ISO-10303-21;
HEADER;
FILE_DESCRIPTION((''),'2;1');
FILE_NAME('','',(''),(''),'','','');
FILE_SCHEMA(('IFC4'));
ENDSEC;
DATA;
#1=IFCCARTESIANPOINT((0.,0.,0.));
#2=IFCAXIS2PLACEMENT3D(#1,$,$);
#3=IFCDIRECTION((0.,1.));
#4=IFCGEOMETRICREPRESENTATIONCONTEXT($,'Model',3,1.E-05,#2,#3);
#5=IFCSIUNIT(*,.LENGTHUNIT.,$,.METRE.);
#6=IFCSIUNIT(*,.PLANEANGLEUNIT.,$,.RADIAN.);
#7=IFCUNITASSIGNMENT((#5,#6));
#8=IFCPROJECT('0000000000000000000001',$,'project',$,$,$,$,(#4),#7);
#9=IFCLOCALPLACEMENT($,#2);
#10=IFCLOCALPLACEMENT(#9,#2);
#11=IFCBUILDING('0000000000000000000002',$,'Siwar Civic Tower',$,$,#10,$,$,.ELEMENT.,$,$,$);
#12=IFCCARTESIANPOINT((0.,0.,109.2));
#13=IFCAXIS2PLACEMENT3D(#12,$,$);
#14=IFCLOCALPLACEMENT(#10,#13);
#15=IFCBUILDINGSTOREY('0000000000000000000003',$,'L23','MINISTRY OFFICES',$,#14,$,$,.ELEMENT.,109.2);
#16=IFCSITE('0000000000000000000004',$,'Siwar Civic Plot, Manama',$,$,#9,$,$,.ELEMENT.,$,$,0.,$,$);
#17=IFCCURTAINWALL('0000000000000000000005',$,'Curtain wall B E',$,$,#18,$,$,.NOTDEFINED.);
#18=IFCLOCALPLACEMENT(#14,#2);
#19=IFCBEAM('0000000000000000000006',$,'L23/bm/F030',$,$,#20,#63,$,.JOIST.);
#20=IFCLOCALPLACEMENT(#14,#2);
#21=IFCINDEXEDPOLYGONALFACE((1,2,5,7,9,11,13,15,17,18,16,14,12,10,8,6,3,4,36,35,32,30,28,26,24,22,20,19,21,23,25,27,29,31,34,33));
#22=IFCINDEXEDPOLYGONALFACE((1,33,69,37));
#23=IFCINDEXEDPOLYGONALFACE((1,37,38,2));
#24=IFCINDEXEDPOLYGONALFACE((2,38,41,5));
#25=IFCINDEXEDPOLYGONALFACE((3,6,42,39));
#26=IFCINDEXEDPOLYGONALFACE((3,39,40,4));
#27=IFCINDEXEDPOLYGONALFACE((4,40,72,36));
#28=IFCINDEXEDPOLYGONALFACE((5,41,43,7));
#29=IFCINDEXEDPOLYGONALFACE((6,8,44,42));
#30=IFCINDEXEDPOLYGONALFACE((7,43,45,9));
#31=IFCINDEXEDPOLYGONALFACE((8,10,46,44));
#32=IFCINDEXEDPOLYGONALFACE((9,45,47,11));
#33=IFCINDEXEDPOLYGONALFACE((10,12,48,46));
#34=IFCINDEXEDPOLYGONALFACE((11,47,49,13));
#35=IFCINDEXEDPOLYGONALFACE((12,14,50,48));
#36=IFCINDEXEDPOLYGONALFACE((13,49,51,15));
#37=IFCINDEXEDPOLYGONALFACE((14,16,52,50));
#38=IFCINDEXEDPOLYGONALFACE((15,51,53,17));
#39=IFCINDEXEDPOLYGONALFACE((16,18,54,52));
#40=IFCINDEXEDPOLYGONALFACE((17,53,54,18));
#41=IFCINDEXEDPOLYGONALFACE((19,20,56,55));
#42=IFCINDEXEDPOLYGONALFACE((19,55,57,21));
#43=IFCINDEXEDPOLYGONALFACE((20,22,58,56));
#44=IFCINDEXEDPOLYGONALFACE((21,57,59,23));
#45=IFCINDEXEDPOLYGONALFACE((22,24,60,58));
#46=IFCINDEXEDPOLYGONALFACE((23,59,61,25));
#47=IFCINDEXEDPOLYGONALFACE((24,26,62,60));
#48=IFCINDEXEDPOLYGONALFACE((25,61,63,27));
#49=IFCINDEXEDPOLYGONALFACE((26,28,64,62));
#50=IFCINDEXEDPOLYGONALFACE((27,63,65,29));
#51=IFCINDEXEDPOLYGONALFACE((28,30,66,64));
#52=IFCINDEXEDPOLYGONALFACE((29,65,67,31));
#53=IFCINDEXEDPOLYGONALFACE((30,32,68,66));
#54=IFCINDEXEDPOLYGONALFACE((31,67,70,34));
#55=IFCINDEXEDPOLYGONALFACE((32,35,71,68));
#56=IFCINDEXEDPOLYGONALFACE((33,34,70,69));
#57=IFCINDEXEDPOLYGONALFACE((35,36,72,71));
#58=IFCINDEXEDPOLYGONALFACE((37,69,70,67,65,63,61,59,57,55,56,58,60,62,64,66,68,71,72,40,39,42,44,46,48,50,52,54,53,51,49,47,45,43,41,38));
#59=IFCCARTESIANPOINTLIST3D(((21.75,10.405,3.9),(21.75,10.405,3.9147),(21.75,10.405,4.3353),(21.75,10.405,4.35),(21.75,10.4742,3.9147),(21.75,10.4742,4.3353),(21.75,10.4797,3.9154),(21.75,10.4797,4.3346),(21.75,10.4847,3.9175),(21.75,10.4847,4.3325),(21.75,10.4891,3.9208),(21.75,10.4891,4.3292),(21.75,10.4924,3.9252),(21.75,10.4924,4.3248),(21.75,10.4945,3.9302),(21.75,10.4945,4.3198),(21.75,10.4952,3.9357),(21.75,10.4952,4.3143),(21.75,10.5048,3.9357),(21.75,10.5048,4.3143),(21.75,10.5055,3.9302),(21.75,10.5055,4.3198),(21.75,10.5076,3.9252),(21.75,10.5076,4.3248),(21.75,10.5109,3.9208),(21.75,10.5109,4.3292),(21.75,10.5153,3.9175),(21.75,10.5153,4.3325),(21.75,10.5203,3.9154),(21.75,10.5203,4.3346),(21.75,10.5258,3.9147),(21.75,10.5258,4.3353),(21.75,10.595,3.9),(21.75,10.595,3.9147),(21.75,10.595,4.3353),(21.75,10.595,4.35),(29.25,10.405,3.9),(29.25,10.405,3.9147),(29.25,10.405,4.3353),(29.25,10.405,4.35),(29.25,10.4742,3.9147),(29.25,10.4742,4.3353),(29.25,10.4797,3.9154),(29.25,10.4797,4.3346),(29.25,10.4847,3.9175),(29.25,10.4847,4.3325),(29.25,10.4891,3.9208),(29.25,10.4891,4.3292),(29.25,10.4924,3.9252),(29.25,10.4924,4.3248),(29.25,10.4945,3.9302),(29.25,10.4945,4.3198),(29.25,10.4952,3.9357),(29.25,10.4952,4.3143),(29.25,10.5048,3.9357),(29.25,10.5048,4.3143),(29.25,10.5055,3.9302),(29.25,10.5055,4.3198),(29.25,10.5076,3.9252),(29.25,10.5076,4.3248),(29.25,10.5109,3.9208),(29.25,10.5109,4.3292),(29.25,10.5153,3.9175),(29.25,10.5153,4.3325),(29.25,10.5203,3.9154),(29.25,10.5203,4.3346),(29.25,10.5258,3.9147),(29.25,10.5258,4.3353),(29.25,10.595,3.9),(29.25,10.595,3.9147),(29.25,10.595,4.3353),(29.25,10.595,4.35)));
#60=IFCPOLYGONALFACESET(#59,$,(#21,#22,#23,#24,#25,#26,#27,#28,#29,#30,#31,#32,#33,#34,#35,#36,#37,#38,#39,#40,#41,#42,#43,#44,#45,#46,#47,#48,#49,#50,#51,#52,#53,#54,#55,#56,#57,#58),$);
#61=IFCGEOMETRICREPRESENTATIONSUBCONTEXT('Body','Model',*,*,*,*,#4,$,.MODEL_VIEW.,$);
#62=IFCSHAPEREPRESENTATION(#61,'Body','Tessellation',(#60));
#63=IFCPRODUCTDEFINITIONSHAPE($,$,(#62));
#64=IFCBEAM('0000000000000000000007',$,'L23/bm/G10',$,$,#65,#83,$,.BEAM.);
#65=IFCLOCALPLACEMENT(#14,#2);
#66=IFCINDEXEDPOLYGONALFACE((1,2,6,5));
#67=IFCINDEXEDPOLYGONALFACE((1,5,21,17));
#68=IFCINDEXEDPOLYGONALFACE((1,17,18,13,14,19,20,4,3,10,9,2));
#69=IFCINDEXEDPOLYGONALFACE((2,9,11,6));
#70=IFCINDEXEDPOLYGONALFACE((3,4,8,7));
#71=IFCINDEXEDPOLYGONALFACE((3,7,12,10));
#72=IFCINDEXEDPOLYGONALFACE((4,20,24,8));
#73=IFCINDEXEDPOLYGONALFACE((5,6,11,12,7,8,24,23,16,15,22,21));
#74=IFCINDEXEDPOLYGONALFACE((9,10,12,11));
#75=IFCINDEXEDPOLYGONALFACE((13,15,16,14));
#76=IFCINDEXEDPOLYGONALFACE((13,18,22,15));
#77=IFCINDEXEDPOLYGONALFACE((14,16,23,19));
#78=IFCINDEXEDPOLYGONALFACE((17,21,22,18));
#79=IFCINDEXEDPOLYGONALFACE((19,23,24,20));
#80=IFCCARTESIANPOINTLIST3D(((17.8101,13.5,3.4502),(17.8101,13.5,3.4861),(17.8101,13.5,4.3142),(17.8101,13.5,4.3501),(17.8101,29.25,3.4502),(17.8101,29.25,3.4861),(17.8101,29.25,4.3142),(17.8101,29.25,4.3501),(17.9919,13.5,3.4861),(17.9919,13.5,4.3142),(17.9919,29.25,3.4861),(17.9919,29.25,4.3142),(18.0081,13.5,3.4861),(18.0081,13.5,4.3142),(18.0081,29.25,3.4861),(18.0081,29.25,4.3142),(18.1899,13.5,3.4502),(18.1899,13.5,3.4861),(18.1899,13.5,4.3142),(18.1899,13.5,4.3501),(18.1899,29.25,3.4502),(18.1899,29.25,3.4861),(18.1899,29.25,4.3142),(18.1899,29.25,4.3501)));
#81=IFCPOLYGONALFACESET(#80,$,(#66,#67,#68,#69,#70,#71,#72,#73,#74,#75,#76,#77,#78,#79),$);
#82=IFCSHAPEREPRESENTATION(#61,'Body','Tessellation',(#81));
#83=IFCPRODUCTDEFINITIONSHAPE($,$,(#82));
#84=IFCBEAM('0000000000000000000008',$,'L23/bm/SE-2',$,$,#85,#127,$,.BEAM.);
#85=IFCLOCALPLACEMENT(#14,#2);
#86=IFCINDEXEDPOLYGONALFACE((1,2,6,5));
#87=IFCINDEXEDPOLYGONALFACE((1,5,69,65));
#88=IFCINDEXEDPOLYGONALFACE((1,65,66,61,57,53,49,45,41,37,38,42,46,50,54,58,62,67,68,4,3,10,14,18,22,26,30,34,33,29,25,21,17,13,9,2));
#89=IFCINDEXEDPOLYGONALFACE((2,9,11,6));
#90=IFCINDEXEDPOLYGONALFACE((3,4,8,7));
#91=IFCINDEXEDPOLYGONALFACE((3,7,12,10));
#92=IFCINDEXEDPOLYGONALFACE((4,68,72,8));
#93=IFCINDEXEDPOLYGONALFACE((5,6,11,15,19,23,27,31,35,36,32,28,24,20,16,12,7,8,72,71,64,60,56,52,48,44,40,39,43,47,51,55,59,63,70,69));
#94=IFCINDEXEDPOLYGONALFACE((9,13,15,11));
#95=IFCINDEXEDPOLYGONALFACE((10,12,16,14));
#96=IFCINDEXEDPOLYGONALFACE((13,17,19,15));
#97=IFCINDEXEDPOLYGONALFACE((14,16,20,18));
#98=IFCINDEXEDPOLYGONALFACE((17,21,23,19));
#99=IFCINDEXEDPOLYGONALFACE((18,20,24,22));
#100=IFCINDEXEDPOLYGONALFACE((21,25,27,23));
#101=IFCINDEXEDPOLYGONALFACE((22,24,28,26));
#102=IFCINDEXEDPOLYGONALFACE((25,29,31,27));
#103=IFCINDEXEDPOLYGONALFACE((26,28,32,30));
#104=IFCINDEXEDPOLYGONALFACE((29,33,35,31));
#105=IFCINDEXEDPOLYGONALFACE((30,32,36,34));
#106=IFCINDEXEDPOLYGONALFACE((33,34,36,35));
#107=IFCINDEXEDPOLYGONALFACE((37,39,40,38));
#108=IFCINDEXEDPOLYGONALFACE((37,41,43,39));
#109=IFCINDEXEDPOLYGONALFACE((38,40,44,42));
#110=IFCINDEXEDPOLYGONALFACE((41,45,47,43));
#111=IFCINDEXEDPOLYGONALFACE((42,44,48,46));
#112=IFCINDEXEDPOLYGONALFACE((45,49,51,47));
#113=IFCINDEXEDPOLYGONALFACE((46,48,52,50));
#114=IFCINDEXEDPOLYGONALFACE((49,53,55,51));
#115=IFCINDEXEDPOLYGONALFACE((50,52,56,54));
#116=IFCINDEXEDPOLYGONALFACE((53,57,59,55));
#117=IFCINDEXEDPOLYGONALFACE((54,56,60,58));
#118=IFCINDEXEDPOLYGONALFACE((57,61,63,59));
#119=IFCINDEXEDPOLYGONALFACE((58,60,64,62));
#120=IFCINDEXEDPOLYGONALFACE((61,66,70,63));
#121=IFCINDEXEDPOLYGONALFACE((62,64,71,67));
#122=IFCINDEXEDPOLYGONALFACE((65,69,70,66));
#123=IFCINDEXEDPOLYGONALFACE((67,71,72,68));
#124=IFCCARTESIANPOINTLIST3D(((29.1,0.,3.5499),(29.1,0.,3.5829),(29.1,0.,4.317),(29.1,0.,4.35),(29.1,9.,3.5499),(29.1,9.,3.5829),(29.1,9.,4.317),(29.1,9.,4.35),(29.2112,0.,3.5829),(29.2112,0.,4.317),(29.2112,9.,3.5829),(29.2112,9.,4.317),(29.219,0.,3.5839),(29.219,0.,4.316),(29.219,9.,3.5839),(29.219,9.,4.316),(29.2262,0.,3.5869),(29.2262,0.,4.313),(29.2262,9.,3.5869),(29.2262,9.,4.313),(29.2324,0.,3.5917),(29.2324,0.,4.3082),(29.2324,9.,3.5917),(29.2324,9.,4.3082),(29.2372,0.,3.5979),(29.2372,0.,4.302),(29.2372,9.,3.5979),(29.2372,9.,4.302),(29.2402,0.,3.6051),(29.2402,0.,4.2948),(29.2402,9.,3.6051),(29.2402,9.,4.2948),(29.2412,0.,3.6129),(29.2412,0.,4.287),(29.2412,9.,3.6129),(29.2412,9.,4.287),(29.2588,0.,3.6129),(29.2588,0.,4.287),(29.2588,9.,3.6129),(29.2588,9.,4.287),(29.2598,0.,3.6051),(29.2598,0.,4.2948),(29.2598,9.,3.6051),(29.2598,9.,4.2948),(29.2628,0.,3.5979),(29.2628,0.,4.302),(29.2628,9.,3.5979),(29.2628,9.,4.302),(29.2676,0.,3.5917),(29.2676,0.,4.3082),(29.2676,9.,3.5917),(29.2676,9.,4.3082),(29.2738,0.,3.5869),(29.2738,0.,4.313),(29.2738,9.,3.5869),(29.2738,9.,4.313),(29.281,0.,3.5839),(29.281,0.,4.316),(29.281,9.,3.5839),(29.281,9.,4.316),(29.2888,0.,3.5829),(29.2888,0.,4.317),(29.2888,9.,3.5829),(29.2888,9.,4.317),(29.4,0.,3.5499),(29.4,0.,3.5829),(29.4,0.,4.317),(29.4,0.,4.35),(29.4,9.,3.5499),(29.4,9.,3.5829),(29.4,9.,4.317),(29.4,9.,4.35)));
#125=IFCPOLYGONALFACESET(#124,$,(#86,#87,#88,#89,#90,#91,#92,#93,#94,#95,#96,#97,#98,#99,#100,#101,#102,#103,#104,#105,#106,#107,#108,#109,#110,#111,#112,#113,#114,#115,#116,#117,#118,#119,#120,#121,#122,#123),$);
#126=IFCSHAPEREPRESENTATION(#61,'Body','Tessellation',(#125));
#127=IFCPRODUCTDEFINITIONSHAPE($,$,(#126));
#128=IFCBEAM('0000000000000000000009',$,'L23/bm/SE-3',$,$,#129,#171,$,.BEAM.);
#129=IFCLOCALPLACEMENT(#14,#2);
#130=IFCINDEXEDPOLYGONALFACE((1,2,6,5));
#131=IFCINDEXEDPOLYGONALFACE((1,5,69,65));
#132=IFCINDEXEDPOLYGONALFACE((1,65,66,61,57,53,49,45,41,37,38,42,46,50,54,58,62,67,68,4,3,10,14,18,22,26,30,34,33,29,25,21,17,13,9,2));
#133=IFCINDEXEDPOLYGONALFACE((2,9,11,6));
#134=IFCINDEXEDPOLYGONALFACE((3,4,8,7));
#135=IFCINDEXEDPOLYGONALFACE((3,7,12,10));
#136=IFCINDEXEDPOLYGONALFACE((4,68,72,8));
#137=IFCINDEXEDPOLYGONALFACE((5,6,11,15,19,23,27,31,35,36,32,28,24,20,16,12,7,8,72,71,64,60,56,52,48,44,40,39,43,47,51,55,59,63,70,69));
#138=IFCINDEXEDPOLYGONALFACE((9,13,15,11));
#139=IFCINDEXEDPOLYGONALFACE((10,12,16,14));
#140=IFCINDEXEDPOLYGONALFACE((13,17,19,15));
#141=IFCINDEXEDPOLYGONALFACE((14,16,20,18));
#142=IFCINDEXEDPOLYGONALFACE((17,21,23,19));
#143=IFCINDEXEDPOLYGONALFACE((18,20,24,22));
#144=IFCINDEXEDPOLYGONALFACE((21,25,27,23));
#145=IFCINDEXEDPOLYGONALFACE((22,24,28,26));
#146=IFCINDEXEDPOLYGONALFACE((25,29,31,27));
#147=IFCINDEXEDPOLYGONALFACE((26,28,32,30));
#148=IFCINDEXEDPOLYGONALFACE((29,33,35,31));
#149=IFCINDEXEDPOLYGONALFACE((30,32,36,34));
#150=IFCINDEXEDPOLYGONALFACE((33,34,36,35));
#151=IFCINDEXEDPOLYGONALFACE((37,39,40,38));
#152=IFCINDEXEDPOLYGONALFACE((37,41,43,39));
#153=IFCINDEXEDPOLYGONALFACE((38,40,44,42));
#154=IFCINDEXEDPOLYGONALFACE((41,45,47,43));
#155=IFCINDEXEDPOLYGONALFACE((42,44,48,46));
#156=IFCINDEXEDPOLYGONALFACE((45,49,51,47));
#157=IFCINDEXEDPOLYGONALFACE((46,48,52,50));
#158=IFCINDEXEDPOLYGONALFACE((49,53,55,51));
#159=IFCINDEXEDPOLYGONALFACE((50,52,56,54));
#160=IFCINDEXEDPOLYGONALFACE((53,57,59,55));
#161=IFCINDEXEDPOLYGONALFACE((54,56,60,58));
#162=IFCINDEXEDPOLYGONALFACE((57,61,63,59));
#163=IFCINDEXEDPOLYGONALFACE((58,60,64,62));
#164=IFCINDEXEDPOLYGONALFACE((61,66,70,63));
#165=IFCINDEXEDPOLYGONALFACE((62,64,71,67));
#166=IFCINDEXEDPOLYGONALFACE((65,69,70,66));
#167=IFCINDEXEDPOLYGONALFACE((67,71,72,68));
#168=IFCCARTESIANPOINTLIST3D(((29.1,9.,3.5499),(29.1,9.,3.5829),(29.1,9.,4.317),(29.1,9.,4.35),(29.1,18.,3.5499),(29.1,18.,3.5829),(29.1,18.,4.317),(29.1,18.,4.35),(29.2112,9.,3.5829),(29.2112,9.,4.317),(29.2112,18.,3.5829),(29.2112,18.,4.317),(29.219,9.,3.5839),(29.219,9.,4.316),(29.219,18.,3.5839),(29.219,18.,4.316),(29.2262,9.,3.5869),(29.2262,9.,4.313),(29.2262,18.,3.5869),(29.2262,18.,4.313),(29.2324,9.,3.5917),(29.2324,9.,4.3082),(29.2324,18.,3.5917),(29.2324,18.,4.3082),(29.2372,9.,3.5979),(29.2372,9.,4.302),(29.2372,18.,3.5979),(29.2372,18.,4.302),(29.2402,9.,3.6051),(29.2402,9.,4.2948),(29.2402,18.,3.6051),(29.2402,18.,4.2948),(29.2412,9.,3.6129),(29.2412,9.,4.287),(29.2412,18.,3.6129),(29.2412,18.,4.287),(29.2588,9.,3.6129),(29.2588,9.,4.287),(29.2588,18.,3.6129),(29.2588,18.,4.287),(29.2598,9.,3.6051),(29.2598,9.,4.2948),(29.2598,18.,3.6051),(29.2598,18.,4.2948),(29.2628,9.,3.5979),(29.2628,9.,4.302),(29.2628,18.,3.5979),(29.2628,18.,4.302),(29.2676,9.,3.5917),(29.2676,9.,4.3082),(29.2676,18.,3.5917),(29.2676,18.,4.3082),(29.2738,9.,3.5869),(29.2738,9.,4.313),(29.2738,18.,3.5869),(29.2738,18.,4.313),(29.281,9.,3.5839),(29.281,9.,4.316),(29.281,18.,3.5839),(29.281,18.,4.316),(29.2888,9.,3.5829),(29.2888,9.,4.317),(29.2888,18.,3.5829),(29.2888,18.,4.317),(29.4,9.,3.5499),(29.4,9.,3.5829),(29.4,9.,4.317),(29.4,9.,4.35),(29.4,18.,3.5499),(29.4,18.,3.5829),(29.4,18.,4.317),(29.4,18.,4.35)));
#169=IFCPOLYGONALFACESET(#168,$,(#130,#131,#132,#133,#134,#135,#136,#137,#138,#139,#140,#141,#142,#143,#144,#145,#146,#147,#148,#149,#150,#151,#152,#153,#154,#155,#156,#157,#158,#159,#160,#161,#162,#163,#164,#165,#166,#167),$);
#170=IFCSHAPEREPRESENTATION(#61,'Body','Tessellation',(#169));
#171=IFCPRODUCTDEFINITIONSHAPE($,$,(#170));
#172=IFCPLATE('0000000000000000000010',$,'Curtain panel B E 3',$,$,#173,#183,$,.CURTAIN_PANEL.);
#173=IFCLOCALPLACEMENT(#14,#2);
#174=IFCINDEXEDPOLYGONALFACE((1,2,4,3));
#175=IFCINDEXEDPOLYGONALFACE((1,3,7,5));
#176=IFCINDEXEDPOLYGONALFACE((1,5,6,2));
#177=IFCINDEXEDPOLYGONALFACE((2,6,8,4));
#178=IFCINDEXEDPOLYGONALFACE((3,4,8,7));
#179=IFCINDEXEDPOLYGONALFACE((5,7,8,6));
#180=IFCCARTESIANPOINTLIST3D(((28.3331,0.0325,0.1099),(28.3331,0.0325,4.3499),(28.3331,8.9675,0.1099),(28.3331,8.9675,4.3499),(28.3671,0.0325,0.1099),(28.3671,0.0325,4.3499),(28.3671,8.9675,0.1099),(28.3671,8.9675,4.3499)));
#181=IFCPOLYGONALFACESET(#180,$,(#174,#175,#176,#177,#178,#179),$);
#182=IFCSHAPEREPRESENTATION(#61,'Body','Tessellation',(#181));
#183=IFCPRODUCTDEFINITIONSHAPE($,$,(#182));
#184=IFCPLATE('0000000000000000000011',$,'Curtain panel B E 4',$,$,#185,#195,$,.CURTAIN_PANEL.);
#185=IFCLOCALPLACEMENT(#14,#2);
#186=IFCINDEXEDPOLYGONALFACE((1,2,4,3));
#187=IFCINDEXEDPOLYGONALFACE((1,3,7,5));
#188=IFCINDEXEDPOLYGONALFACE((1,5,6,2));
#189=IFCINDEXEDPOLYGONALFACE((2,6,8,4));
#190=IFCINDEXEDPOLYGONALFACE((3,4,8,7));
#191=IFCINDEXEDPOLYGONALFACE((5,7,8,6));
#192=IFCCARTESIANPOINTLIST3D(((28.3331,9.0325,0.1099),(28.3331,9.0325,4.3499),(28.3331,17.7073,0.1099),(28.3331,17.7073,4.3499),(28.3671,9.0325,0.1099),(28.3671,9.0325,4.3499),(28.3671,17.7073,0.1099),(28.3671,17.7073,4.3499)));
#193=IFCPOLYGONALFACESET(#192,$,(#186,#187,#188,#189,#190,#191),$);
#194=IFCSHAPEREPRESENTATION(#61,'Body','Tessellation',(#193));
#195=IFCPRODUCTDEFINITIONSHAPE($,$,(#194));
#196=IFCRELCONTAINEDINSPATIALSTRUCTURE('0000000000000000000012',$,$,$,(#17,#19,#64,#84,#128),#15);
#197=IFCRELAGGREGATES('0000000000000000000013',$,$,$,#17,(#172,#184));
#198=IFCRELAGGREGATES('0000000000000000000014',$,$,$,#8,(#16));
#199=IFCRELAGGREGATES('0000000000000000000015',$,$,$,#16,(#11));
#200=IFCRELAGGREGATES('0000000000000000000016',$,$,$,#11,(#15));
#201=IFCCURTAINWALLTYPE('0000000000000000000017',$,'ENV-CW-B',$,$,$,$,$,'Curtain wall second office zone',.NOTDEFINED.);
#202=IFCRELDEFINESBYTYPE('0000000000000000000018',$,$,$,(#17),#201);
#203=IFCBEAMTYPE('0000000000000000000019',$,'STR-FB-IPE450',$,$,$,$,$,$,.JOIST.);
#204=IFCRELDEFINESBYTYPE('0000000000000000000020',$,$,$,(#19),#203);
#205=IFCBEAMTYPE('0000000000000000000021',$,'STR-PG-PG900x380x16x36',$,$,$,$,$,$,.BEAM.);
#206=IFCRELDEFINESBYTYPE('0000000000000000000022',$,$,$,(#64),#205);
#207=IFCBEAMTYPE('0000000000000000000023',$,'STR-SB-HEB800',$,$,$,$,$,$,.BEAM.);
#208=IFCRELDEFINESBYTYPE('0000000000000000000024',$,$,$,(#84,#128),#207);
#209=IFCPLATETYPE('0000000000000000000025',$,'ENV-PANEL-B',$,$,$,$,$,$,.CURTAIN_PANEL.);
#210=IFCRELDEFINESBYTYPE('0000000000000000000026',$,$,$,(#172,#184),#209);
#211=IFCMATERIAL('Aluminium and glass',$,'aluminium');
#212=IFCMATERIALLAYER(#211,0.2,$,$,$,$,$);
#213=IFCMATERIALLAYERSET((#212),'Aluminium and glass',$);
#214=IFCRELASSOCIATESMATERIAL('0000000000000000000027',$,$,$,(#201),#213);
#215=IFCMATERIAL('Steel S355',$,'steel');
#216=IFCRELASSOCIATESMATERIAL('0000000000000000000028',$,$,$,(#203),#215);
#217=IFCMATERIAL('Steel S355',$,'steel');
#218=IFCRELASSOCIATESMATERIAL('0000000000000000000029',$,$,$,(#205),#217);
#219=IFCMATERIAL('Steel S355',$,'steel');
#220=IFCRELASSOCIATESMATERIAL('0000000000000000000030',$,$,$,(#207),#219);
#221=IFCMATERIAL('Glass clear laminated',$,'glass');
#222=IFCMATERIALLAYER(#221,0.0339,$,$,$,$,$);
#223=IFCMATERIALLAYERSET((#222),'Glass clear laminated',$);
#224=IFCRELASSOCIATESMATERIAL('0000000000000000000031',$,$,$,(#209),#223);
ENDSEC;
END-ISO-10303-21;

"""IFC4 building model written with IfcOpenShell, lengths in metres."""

from ifc_helpers import new_model, si_unit, direction, frame, origin, origin_2d, place, context, subcontext, project, spatial, rectangle, i_section, extrude, material, layer, layer_set, material_profile, profile_set, type_object, element, aggregate, save


model = new_model("IFC4")

# Units and contexts
model_context = context("Model", 3, precision=1e-05, world=origin(), true_north=direction((0.0, 1.0)))
body_context = subcontext(model_context, "Body", "Model", "MODEL_VIEW")
ifc_project = project(units=[si_unit("LENGTHUNIT", "METRE"), si_unit("PLANEANGLEUNIT", "RADIAN")], contexts=[model_context])

# Site, building, storey
site_placement = place(None, origin())
site = spatial("IfcSite", under=ifc_project, at=site_placement, Name="Siwar Civic Plot, Manama", CompositionType="ELEMENT", RefElevation=0.0)
building_placement = place(site_placement, origin())
building = spatial("IfcBuilding", under=site, at=building_placement, Name="Siwar Civic Tower", CompositionType="ELEMENT")
storey_placement = place(building_placement, frame((0.0, 0.0, 109.2)))
storey = spatial("IfcBuildingStorey", under=building, at=storey_placement, Name="L23", Description="MINISTRY OFFICES", CompositionType="ELEMENT", Elevation=109.2)

# Curtain wall
ifc_material_1 = material(Name="Aluminium and glass", Category="aluminium")
ifc_layer_1 = layer(ifc_material_1, 0.2)
ifc_layer_set_1 = layer_set([ifc_layer_1], Name="Aluminium and glass")
curtain_wall_type = type_object("IfcCurtainWallType", Name="ENV-CW-B", ElementType="Curtain wall second office zone", PredefinedType="NOTDEFINED", material=ifc_layer_set_1)
curtain_wall_placement = place(storey_placement, origin())
curtain_wall = element("IfcCurtainWall", 1, at=curtain_wall_placement, inside=storey, type_object=curtain_wall_type, Name="Curtain wall B E", PredefinedType="NOTDEFINED")

# Beams
ifc_material_2 = material(Name="Steel S355", Category="steel")
ifc_material_profile_1 = material_profile(ifc_material_2, i_section(OverallWidth=0.1899, OverallDepth=0.45, WebThickness=0.0095, FlangeThickness=0.0146, FilletRadius=0.021, at=origin_2d()), Name="IPE450")
ifc_profile_set_1 = profile_set([ifc_material_profile_1], Name="Steel S355")
beam_type_1 = type_object("IfcBeamType", Name="STR-FB-IPE450", PredefinedType="JOIST", material=ifc_profile_set_1)
for number, where, z_axis, x_axis, name in (
    (2, (21.75, 10.5, 4.125), (1.0, 0.0, 0.0), (0.0, 1.0, 0.0), "L23/bm/F030"),
):
    element("IfcBeam", number, at=place(storey_placement, frame(where, z_axis=z_axis, x_axis=x_axis)), inside=storey, type_object=beam_type_1, Name=name, PredefinedType="JOIST", context=body_context, shape_type="SweptSolid", body=[
        extrude(i_section(OverallWidth=0.1899, OverallDepth=0.45, WebThickness=0.0095, FlangeThickness=0.0146, FilletRadius=0.021, at=origin_2d()), origin(), (0.0, 0.0, 1.0), 7.5),
    ])
ifc_material_3 = material(Name="Steel S355", Category="steel")
ifc_material_profile_2 = material_profile(ifc_material_3, i_section(OverallWidth=0.3799, OverallDepth=0.8999, WebThickness=0.0161, FlangeThickness=0.0359, at=origin_2d()), Name="PG900x380x16x36")
ifc_profile_set_2 = profile_set([ifc_material_profile_2], Name="Steel S355")
beam_type_2 = type_object("IfcBeamType", Name="STR-PG-PG900x380x16x36", PredefinedType="BEAM", material=ifc_profile_set_2)
beam_placement = place(storey_placement, frame((18.0, 13.5, 3.9001), z_axis=(0.0, 1.0, 0.0), x_axis=(-1.0, 0.0, 0.0)))
element("IfcBeam", 3, at=beam_placement, inside=storey, type_object=beam_type_2, Name="L23/bm/G10", PredefinedType="BEAM", context=body_context, shape_type="SweptSolid", body=[
    extrude(i_section(OverallWidth=0.3799, OverallDepth=0.8999, WebThickness=0.0161, FlangeThickness=0.0359, at=origin_2d()), origin(), (0.0, 0.0, 1.0), 15.75),
])
ifc_material_4 = material(Name="Steel S355", Category="steel")
ifc_material_profile_3 = material_profile(ifc_material_4, i_section(OverallWidth=0.3, OverallDepth=0.8, WebThickness=0.0176, FlangeThickness=0.033, FilletRadius=0.03, at=origin_2d()), Name="HEB800")
ifc_profile_set_3 = profile_set([ifc_material_profile_3], Name="Steel S355")
beam_type_3 = type_object("IfcBeamType", Name="STR-SB-HEB800", PredefinedType="BEAM", material=ifc_profile_set_3)
for number, where, z_axis, x_axis, name in (
    (4, (29.25, 0.0, 3.95), (0.0, 1.0, 0.0), (-1.0, 0.0, 0.0), "L23/bm/SE-2"),
    (5, (29.25, 9.0, 3.95), (0.0, 1.0, 0.0), (-1.0, 0.0, 0.0), "L23/bm/SE-3"),
):
    element("IfcBeam", number, at=place(storey_placement, frame(where, z_axis=z_axis, x_axis=x_axis)), inside=storey, type_object=beam_type_3, Name=name, PredefinedType="BEAM", context=body_context, shape_type="SweptSolid", body=[
        extrude(i_section(OverallWidth=0.3, OverallDepth=0.8, WebThickness=0.0176, FlangeThickness=0.033, FilletRadius=0.03, at=origin_2d()), origin(), (0.0, 0.0, 1.0), 9.0),
    ])

# Plates
ifc_material_5 = material(Name="Glass clear laminated", Category="glass")
ifc_layer_2 = layer(ifc_material_5, 0.0339)
ifc_layer_set_2 = layer_set([ifc_layer_2], Name="Glass clear laminated")
plate_type = type_object("IfcPlateType", Name="ENV-PANEL-B", PredefinedType="CURTAIN_PANEL", material=ifc_layer_set_2)
plate_1_placement = place(storey_placement, frame((28.3501, 4.5, 0.1099), z_axis=(0.0, 0.0, 1.0), x_axis=(0.0, 1.0, 0.0)))
plate_1 = element("IfcPlate", 6, at=plate_1_placement, type_object=plate_type, Name="Curtain panel B E 3", PredefinedType="CURTAIN_PANEL", context=body_context, shape_type="SweptSolid", body=[
    extrude(rectangle(XDim=8.9351, YDim=0.0339, at=origin_2d()), origin(), (0.0, 0.0, 1.0), 4.24),
])
plate_2_placement = place(storey_placement, frame((28.3501, 13.3699, 0.1099), z_axis=(0.0, 0.0, 1.0), x_axis=(0.0, 1.0, 0.0)))
plate_2 = element("IfcPlate", 7, at=plate_2_placement, type_object=plate_type, Name="Curtain panel B E 4", PredefinedType="CURTAIN_PANEL", context=body_context, shape_type="SweptSolid", body=[
    extrude(rectangle(XDim=8.6748, YDim=0.0339, at=origin_2d()), origin(), (0.0, 0.0, 1.0), 4.24),
])
aggregate(curtain_wall, [plate_1, plate_2])

save(model, "model.ifc")
